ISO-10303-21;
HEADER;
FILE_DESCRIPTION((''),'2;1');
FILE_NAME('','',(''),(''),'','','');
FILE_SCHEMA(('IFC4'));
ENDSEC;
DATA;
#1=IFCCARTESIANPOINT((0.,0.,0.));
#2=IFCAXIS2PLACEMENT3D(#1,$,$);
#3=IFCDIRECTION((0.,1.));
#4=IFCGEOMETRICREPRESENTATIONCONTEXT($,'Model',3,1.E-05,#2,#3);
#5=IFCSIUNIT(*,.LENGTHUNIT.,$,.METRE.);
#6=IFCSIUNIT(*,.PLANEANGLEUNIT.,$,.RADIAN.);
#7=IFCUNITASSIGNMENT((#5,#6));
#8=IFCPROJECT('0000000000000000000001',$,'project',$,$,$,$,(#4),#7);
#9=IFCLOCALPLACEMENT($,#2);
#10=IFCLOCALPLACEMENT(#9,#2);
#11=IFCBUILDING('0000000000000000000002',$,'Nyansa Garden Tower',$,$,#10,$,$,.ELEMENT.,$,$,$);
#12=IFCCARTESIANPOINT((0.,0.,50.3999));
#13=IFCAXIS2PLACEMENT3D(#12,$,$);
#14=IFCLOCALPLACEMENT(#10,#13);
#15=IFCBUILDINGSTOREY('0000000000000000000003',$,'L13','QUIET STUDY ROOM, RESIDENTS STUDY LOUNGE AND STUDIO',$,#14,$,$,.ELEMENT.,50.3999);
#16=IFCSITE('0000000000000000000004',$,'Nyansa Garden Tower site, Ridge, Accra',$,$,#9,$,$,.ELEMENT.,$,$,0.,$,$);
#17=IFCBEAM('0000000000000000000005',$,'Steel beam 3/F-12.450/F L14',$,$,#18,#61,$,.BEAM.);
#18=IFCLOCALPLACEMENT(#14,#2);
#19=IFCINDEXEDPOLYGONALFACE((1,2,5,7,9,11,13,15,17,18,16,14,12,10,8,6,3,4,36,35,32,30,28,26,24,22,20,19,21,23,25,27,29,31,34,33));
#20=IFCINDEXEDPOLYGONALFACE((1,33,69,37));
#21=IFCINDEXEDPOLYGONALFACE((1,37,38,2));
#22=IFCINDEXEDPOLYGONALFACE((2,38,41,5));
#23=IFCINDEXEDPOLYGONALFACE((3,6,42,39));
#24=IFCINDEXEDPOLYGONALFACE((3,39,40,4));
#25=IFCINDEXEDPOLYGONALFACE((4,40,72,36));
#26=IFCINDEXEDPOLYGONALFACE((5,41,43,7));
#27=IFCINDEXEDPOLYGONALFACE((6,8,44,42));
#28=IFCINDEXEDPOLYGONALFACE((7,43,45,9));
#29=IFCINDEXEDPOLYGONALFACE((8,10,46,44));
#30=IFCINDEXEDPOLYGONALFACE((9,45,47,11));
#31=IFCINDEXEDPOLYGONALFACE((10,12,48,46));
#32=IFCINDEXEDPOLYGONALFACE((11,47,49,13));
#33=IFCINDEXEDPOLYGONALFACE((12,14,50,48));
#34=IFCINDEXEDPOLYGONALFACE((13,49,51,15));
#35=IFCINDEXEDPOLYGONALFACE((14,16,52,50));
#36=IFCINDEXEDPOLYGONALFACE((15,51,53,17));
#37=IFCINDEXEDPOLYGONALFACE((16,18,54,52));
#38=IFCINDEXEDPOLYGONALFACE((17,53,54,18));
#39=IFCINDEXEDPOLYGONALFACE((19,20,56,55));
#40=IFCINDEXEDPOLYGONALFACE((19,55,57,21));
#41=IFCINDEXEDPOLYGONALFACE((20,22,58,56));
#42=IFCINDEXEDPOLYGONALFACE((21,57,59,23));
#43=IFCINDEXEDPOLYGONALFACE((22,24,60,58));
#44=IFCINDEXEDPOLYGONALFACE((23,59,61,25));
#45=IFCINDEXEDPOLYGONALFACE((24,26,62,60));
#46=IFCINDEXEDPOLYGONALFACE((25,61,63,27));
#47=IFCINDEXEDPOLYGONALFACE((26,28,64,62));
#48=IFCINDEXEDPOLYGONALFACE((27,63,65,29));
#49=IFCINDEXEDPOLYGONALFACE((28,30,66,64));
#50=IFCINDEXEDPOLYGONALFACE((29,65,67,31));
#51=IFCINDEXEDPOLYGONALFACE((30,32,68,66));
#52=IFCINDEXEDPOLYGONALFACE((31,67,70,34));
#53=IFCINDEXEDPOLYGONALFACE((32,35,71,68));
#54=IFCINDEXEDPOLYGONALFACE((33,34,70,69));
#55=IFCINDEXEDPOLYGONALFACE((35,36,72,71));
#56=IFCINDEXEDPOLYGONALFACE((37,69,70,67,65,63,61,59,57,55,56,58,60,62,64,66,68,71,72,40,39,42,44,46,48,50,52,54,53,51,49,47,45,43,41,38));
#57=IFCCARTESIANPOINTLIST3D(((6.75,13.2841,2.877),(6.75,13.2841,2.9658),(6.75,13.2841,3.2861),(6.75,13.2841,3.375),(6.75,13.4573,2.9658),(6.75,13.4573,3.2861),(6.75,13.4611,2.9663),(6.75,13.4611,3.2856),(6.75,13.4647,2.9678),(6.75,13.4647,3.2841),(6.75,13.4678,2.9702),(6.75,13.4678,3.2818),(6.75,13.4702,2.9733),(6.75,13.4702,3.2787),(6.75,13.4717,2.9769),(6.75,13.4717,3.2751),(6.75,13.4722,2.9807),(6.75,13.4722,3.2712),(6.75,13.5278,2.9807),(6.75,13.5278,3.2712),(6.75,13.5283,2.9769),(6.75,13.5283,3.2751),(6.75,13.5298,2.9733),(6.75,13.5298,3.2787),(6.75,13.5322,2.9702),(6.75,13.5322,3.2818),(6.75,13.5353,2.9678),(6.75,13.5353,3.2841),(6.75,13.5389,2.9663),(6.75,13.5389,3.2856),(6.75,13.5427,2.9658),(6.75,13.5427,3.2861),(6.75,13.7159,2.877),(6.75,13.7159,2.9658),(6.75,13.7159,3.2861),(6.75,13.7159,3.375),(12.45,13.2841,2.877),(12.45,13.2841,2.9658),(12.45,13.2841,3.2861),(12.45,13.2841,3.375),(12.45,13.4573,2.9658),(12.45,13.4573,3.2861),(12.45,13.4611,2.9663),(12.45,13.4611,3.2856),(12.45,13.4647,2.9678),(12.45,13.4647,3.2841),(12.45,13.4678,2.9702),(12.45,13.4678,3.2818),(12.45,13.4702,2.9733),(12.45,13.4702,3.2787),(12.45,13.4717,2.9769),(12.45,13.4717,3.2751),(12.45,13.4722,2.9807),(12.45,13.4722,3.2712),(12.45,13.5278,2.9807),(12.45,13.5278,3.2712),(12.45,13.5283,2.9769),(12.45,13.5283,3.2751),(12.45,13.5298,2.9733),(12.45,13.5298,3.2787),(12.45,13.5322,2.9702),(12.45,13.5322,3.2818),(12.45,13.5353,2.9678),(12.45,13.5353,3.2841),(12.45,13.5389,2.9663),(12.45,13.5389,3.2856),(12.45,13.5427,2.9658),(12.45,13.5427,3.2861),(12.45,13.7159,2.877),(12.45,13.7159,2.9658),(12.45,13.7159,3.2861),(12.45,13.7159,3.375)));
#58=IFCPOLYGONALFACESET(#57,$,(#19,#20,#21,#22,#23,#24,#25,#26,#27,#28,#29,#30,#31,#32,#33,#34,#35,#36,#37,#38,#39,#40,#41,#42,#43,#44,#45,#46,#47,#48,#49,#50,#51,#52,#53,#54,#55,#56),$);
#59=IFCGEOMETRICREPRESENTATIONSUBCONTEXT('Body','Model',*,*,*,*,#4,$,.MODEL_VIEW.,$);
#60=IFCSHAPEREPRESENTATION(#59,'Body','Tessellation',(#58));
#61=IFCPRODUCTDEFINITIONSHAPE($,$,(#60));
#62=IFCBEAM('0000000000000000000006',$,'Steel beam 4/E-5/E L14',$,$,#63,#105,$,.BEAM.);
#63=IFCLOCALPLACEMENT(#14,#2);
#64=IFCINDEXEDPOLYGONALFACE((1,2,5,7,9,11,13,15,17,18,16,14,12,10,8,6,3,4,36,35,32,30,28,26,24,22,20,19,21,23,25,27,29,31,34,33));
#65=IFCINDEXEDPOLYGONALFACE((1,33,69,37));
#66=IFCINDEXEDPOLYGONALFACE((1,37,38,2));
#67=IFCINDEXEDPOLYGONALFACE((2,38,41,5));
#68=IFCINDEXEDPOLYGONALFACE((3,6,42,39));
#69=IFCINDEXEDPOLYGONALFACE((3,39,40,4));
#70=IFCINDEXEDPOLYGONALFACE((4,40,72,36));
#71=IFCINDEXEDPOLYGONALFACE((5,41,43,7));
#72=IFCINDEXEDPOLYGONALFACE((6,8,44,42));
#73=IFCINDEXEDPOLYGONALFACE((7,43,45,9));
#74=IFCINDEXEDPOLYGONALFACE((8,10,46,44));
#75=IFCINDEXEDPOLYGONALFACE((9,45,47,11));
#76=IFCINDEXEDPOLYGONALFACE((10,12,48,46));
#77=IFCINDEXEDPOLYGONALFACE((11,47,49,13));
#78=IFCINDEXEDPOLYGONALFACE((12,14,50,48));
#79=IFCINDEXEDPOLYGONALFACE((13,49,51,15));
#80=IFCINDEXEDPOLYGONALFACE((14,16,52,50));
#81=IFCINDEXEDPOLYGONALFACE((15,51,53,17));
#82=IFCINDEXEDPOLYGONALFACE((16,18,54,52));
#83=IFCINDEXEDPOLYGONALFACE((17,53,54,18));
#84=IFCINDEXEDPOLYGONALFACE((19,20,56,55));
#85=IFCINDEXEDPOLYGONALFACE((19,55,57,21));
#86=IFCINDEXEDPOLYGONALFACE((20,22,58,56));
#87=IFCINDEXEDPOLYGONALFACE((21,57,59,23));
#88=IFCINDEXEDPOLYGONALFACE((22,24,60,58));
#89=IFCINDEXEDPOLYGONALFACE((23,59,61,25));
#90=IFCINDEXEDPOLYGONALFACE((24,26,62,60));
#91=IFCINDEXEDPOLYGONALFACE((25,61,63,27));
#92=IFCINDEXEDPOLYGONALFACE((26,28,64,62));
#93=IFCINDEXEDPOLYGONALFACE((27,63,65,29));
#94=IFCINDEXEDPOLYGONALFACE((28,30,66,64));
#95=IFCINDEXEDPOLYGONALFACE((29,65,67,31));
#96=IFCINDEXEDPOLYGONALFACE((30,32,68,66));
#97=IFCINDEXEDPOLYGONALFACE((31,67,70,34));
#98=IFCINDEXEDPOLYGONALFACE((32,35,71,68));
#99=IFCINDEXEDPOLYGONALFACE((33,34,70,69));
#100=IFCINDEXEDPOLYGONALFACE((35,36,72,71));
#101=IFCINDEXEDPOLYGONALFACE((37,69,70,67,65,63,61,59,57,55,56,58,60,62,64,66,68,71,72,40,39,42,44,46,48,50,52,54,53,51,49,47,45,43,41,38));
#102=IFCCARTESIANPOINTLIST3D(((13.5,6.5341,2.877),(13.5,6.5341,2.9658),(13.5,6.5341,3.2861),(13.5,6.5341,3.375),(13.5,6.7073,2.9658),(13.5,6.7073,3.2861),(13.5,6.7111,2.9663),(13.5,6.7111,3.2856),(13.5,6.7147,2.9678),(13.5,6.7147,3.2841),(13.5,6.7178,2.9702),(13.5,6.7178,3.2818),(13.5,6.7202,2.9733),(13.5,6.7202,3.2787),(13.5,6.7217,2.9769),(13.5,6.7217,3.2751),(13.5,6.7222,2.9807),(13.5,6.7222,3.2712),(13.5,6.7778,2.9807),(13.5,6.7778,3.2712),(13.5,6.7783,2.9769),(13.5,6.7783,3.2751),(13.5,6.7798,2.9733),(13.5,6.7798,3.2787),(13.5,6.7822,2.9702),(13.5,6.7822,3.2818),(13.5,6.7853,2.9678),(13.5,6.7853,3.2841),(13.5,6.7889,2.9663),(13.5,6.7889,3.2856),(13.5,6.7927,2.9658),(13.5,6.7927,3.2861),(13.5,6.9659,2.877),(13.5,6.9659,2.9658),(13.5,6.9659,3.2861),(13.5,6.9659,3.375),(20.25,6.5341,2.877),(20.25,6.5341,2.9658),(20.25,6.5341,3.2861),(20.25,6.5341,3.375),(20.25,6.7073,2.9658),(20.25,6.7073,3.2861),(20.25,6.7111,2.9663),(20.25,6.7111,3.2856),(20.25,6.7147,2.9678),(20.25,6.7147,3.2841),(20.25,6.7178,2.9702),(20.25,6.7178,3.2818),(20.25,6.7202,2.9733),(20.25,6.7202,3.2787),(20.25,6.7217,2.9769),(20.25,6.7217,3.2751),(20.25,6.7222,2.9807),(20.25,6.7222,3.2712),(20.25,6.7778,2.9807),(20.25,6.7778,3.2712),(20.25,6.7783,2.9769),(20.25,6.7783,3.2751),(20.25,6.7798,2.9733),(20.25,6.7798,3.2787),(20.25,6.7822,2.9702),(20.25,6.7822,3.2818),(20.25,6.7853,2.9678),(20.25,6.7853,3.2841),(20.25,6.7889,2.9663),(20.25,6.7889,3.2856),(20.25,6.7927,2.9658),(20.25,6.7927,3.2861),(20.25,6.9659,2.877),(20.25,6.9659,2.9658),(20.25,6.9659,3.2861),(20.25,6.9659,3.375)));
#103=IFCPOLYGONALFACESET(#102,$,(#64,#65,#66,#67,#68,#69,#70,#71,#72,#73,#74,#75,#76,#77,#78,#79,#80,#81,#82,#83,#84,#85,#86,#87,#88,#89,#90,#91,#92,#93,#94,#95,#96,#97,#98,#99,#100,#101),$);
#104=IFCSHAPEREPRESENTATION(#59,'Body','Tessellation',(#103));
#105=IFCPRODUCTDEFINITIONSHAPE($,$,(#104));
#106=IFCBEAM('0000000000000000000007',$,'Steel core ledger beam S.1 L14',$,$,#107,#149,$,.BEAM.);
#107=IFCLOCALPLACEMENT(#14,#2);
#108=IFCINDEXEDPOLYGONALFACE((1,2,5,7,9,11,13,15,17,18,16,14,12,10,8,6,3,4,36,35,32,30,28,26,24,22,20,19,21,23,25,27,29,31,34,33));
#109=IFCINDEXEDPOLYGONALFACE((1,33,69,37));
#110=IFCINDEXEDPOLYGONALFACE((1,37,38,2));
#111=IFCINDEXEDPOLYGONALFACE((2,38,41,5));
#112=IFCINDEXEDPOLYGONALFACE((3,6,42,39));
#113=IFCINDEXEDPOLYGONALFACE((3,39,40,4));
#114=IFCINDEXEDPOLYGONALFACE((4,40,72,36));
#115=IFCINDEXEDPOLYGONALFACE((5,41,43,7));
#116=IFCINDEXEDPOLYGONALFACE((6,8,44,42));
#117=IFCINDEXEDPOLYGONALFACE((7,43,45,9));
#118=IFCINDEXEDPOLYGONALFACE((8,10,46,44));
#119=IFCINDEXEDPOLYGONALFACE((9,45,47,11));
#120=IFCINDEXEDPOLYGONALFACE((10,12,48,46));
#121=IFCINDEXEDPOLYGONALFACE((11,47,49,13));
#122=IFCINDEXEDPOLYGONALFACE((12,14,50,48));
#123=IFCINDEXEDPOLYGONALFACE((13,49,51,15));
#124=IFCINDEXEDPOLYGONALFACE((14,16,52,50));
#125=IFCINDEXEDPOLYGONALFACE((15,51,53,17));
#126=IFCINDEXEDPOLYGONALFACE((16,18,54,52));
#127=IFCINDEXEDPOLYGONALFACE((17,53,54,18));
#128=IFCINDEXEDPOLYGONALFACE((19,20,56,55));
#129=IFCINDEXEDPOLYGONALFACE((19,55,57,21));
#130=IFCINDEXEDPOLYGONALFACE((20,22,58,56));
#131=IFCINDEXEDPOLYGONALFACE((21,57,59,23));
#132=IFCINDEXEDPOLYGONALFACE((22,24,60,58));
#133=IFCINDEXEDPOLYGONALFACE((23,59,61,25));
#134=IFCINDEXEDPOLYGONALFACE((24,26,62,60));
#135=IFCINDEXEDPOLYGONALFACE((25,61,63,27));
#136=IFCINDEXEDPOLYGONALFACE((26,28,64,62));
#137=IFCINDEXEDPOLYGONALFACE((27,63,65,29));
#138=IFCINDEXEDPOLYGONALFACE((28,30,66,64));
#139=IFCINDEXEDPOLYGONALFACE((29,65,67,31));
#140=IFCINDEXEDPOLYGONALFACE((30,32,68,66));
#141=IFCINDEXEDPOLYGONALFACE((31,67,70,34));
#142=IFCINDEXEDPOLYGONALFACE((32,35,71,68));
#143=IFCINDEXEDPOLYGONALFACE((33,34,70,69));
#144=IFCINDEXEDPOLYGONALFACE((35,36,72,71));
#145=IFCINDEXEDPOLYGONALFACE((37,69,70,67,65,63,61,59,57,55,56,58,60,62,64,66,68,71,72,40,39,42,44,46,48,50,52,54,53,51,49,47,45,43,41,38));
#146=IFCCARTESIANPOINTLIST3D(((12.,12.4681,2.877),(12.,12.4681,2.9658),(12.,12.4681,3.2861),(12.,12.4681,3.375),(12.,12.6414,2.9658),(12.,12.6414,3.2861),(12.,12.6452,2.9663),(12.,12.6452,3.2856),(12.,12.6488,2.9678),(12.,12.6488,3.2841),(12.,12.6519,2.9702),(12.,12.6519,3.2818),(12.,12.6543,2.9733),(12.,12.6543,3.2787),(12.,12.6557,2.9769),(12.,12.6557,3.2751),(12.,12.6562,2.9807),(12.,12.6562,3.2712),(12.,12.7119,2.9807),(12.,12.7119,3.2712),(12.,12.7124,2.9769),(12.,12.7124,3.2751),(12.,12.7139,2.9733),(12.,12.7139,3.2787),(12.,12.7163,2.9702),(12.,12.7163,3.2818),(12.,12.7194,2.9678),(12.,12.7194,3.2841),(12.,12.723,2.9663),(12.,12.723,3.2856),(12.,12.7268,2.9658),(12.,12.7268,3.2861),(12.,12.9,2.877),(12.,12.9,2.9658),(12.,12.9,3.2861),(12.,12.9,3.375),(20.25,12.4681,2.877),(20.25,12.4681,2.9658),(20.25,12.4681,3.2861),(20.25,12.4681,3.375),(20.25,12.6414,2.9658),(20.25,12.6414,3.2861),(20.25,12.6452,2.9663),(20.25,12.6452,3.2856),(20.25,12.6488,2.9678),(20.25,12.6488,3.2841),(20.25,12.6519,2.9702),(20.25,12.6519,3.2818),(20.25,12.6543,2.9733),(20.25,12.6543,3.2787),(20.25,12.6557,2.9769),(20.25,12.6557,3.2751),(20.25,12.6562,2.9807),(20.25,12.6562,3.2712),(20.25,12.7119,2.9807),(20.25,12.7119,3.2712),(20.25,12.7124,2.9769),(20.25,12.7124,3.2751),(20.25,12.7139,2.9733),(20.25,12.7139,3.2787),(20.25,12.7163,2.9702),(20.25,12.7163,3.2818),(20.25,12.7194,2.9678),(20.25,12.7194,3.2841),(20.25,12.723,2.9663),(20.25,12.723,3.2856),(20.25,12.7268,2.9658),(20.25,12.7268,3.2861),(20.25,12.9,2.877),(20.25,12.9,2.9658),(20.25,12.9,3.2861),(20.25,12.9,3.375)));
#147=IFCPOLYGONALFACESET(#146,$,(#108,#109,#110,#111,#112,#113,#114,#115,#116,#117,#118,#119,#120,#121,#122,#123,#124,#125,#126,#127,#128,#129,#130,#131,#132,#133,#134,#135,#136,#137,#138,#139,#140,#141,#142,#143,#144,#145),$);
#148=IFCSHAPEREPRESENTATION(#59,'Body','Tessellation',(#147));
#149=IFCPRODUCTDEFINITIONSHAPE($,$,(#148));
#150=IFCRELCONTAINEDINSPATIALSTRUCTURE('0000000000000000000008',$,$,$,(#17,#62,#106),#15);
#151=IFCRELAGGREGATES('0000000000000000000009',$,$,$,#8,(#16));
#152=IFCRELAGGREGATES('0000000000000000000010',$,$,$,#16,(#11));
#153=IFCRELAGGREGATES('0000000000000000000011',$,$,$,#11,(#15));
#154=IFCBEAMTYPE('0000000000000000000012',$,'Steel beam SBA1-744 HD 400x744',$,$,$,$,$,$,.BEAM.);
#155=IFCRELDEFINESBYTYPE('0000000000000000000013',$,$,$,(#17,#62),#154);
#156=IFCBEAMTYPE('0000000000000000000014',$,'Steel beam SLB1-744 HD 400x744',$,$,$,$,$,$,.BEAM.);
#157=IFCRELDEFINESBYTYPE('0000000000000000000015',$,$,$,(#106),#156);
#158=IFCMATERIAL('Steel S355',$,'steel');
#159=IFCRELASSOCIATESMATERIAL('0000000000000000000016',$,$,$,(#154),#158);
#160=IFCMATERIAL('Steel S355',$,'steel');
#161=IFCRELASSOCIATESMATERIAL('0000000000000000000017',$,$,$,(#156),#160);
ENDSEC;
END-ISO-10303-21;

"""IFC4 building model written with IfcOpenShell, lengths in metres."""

from ifc_helpers import new_model, si_unit, direction, frame, origin, origin_2d, place, context, subcontext, project, spatial, i_section, extrude, material, material_profile, profile_set, type_object, element, save


model = new_model("IFC4")

# Units and contexts
model_context = context("Model", 3, precision=1e-05, world=origin(), true_north=direction((0.0, 1.0)))
body_context = subcontext(model_context, "Body", "Model", "MODEL_VIEW")
ifc_project = project(units=[si_unit("LENGTHUNIT", "METRE"), si_unit("PLANEANGLEUNIT", "RADIAN")], contexts=[model_context])

# Site, building, storey
site_placement = place(None, origin())
site = spatial("IfcSite", under=ifc_project, at=site_placement, Name="Nyansa Garden Tower site, Ridge, Accra", CompositionType="ELEMENT", RefElevation=0.0)
building_placement = place(site_placement, origin())
building = spatial("IfcBuilding", under=site, at=building_placement, Name="Nyansa Garden Tower", CompositionType="ELEMENT")
storey_placement = place(building_placement, frame((0.0, 0.0, 50.3999)))
storey = spatial("IfcBuildingStorey", under=building, at=storey_placement, Name="L13", Description="QUIET STUDY ROOM, RESIDENTS STUDY LOUNGE AND STUDIO", CompositionType="ELEMENT", Elevation=50.3999)

# Beams
ifc_material_1 = material(Name="Steel S355", Category="steel")
ifc_material_profile_1 = material_profile(ifc_material_1, i_section(OverallWidth=0.4319, OverallDepth=0.498, WebThickness=0.0557, FlangeThickness=0.0889, FilletRadius=0.0149, at=origin_2d()), Name="HD 400x744")
ifc_profile_set_1 = profile_set([ifc_material_profile_1], Name="Steel S355")
beam_type_1 = type_object("IfcBeamType", Name="Steel beam SBA1-744 HD 400x744", PredefinedType="BEAM", material=ifc_profile_set_1)
beam_1_placement = place(storey_placement, frame((6.75, 13.5, 3.126), z_axis=(1.0, 0.0, 0.0), x_axis=(0.0, 1.0, 0.0)))
element("IfcBeam", 1, at=beam_1_placement, inside=storey, type_object=beam_type_1, Name="Steel beam 3/F-12.450/F L14", PredefinedType="BEAM", context=body_context, shape_type="SweptSolid", body=[
    extrude(i_section(OverallWidth=0.4319, OverallDepth=0.498, WebThickness=0.0557, FlangeThickness=0.0889, FilletRadius=0.0149, at=origin_2d()), origin(), (0.0, 0.0, 1.0), 5.7),
])
beam_2_placement = place(storey_placement, frame((13.5, 6.75, 3.126), z_axis=(1.0, 0.0, 0.0), x_axis=(0.0, 1.0, 0.0)))
element("IfcBeam", 2, at=beam_2_placement, inside=storey, type_object=beam_type_1, Name="Steel beam 4/E-5/E L14", PredefinedType="BEAM", context=body_context, shape_type="SweptSolid", body=[
    extrude(i_section(OverallWidth=0.4319, OverallDepth=0.498, WebThickness=0.0557, FlangeThickness=0.0889, FilletRadius=0.0149, at=origin_2d()), origin(), (0.0, 0.0, 1.0), 6.75),
])
ifc_material_2 = material(Name="Steel S355", Category="steel")
ifc_material_profile_2 = material_profile(ifc_material_2, i_section(OverallWidth=0.4319, OverallDepth=0.498, WebThickness=0.0557, FlangeThickness=0.0889, FilletRadius=0.0149, at=origin_2d()), Name="HD 400x744")
ifc_profile_set_2 = profile_set([ifc_material_profile_2], Name="Steel S355")
beam_type_2 = type_object("IfcBeamType", Name="Steel beam SLB1-744 HD 400x744", PredefinedType="BEAM", material=ifc_profile_set_2)
beam_3_placement = place(storey_placement, frame((12.0, 12.6841, 3.126), z_axis=(1.0, 0.0, 0.0), x_axis=(0.0, 1.0, 0.0)))
element("IfcBeam", 3, at=beam_3_placement, inside=storey, type_object=beam_type_2, Name="Steel core ledger beam S.1 L14", PredefinedType="BEAM", context=body_context, shape_type="SweptSolid", body=[
    extrude(i_section(OverallWidth=0.4319, OverallDepth=0.498, WebThickness=0.0557, FlangeThickness=0.0889, FilletRadius=0.0149, at=origin_2d()), origin(), (0.0, 0.0, 1.0), 8.25),
])

save(model, "model.ifc")
